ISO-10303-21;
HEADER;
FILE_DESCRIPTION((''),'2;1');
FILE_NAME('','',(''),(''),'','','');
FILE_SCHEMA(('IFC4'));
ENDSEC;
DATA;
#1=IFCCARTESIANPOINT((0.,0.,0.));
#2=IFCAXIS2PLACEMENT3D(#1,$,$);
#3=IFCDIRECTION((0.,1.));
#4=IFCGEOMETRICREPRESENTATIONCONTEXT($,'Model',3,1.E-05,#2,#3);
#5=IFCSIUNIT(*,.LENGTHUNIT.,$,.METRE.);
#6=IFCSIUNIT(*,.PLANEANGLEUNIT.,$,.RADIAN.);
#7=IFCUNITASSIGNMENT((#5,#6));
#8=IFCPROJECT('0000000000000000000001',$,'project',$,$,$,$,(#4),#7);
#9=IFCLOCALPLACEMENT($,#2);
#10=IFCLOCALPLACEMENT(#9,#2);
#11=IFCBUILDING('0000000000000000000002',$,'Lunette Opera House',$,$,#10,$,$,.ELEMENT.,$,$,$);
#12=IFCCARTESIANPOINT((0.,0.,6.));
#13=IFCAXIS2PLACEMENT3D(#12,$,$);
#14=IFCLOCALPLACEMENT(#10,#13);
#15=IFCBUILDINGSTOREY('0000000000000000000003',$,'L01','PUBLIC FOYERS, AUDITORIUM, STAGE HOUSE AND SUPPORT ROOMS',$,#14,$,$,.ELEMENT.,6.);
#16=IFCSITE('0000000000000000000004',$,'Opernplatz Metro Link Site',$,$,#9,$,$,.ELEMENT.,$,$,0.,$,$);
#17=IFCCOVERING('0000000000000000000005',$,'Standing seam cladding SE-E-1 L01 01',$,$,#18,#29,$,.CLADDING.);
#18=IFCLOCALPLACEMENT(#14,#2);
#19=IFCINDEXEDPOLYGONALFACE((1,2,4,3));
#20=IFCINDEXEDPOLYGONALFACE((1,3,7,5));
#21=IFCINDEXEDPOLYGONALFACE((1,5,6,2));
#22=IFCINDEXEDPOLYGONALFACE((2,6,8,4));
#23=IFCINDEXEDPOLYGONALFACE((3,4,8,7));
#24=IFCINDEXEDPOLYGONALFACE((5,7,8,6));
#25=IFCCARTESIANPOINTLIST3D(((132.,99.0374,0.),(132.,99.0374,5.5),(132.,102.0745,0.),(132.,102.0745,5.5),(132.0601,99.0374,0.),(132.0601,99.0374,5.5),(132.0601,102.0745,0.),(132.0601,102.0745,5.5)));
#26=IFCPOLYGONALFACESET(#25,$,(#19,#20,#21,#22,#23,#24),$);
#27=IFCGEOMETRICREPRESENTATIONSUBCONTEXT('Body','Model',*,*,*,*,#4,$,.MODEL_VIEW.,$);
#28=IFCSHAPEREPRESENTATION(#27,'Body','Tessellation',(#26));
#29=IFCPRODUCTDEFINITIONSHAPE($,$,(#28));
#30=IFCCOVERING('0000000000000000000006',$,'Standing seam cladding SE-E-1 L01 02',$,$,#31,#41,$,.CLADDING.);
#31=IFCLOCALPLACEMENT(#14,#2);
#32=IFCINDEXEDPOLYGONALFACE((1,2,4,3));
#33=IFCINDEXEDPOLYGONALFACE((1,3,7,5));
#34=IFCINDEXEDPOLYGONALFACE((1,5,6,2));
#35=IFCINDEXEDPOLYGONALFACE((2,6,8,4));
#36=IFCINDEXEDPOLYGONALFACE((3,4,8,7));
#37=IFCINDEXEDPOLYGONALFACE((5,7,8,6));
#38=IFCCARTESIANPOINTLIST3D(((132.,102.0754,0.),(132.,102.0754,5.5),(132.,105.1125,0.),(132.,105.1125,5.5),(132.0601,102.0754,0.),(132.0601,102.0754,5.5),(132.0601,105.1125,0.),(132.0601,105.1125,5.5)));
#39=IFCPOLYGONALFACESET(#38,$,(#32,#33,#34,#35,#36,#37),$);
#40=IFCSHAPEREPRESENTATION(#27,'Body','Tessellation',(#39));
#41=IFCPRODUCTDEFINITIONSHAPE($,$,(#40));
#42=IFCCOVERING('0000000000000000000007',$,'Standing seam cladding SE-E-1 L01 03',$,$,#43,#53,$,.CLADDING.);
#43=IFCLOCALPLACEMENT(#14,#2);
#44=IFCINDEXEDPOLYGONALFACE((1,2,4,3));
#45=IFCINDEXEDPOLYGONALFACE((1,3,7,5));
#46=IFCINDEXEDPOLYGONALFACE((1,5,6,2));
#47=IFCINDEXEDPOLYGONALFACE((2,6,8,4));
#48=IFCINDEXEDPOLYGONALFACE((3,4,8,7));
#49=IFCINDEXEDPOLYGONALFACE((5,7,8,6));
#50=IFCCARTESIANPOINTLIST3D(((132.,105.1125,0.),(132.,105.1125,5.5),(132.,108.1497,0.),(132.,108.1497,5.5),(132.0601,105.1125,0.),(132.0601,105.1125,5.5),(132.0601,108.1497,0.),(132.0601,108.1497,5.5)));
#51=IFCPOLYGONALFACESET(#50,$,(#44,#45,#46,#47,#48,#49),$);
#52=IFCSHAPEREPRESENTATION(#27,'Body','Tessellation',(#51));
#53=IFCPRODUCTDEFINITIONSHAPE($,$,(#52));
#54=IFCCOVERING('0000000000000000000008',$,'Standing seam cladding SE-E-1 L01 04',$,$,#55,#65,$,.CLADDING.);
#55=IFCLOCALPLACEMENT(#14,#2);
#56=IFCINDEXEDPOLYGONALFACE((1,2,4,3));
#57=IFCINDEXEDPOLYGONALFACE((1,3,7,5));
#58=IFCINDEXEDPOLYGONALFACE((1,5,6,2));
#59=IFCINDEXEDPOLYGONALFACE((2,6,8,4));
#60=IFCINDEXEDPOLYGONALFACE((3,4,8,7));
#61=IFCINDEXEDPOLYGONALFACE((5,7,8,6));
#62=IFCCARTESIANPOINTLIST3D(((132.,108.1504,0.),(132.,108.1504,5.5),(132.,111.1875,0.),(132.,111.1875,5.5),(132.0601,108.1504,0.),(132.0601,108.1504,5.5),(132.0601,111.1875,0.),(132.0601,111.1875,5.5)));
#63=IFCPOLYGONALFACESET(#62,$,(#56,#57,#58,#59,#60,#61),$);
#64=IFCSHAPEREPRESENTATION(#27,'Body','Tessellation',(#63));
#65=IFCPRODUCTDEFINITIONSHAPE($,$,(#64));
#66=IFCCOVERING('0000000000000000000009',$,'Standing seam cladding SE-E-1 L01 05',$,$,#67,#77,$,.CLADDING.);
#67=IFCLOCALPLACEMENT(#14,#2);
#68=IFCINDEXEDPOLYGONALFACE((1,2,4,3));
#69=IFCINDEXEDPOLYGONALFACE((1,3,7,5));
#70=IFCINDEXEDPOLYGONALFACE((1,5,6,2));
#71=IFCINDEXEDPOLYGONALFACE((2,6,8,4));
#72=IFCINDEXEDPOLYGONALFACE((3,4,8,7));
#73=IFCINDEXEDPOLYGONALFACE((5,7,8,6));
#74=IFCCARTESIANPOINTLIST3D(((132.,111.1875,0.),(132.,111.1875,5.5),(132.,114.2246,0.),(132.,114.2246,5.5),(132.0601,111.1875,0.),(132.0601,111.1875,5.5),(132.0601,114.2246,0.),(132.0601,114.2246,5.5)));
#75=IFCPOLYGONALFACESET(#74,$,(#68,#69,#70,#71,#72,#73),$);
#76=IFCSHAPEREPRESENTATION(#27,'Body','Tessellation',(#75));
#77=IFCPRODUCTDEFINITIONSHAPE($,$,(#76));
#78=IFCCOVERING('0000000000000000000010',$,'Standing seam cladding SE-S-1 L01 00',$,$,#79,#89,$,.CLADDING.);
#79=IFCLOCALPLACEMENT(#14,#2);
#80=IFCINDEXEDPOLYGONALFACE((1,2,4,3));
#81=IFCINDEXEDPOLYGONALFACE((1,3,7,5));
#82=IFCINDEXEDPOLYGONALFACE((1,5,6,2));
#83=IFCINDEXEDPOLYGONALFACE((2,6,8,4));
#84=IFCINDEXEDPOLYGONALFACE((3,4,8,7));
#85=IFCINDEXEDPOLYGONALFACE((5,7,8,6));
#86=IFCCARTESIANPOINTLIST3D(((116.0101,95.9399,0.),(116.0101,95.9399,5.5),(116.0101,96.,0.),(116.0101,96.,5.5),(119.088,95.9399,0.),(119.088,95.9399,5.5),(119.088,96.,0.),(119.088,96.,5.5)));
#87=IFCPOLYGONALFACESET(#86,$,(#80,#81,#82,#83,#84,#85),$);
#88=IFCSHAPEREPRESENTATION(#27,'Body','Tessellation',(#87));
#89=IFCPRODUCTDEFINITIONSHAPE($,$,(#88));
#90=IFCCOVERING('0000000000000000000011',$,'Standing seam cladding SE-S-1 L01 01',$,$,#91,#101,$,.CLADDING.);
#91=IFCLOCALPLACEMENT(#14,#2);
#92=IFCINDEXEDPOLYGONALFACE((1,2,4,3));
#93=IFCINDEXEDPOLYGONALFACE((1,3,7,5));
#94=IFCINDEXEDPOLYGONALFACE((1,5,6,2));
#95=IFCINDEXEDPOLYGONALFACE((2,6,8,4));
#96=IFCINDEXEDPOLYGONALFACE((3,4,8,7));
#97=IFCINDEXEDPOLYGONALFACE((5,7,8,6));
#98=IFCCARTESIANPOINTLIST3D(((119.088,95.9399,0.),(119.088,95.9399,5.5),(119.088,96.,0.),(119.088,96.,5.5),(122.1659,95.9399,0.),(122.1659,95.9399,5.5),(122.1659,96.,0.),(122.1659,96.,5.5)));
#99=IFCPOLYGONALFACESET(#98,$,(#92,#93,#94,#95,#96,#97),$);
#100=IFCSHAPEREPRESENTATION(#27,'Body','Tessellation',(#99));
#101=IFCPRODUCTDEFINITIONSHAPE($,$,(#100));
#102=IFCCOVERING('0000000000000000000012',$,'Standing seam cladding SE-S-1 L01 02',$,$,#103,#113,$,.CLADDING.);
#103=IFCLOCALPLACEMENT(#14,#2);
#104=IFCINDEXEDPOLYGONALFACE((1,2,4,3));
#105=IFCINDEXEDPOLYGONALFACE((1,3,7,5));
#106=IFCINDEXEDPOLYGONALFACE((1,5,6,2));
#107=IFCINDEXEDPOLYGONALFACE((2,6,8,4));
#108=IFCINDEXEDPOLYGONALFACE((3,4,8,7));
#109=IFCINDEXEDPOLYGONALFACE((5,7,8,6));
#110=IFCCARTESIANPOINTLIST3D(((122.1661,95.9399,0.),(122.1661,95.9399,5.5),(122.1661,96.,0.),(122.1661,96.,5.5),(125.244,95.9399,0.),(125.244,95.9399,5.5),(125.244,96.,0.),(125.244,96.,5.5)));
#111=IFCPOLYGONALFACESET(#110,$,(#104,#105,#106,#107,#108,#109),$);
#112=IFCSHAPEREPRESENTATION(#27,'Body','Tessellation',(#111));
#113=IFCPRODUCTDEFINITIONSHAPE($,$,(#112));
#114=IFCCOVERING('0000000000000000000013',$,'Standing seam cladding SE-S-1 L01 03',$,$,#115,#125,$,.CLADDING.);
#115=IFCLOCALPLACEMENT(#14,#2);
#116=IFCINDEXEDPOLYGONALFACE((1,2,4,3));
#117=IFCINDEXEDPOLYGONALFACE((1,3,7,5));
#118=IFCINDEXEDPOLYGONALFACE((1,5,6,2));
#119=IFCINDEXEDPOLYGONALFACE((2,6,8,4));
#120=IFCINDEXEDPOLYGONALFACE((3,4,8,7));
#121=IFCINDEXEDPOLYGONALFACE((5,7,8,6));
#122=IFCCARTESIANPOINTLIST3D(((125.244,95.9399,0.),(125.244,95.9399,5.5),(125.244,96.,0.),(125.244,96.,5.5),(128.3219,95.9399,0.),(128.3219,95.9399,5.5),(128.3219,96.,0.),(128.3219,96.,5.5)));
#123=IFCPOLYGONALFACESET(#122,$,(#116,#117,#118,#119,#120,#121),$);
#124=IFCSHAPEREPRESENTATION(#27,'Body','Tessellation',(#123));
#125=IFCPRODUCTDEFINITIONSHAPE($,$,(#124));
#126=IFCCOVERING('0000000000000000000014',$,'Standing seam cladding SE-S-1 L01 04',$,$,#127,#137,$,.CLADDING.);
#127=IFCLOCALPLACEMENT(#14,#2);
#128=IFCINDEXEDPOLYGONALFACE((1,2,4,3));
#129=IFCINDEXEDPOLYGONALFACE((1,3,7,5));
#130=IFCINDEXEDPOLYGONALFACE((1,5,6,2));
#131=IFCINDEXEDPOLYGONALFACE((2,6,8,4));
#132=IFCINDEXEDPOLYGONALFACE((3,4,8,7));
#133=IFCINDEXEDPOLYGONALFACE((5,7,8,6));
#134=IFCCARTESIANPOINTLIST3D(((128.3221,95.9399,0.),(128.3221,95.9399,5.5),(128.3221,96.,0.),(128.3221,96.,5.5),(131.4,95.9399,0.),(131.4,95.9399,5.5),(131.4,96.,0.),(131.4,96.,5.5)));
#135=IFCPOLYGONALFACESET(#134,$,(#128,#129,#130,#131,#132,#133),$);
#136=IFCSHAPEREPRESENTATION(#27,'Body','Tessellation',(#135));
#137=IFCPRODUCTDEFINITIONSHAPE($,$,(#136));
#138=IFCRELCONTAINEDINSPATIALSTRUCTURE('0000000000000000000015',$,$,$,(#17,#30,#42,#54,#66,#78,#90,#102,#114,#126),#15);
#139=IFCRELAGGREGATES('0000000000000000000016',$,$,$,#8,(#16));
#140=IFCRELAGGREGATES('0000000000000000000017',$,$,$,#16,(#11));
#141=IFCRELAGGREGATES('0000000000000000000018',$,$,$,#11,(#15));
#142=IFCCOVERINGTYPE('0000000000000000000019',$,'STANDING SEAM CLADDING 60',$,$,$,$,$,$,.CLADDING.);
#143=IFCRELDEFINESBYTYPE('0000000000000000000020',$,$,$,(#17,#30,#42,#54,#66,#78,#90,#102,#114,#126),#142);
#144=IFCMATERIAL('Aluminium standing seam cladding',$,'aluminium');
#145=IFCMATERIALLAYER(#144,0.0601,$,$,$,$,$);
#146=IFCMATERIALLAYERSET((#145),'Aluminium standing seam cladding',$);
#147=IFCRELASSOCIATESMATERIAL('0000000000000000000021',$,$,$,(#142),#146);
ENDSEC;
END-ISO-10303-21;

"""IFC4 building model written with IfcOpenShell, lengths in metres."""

from ifc_helpers import new_model, si_unit, direction, frame, origin, origin_2d, place, context, subcontext, project, spatial, rectangle, extrude, material, layer, layer_set, type_object, element, save


model = new_model("IFC4")

# Units and contexts
model_context = context("Model", 3, precision=1e-05, world=origin(), true_north=direction((0.0, 1.0)))
body_context = subcontext(model_context, "Body", "Model", "MODEL_VIEW")
ifc_project = project(units=[si_unit("LENGTHUNIT", "METRE"), si_unit("PLANEANGLEUNIT", "RADIAN")], contexts=[model_context])

# Site, building, storey
site_placement = place(None, origin())
site = spatial("IfcSite", under=ifc_project, at=site_placement, Name="Opernplatz Metro Link Site", CompositionType="ELEMENT", RefElevation=0.0)
building_placement = place(site_placement, origin())
building = spatial("IfcBuilding", under=site, at=building_placement, Name="Lunette Opera House", CompositionType="ELEMENT")
storey_placement = place(building_placement, frame((0.0, 0.0, 6.0)))
storey = spatial("IfcBuildingStorey", under=building, at=storey_placement, Name="L01", Description="PUBLIC FOYERS, AUDITORIUM, STAGE HOUSE AND SUPPORT ROOMS", CompositionType="ELEMENT", Elevation=6.0)

# Coverings
ifc_material_1 = material(Name="Aluminium standing seam cladding", Category="aluminium")
ifc_layer_1 = layer(ifc_material_1, 0.0601)
ifc_layer_set_1 = layer_set([ifc_layer_1], Name="Aluminium standing seam cladding")
covering_type = type_object("IfcCoveringType", Name="STANDING SEAM CLADDING 60", PredefinedType="CLADDING", material=ifc_layer_set_1)
for number, where, z_axis, x_axis, name in (
    (1, (132.03, 100.5559, 0.0), (0.0, 0.0, 1.0), (0.0, 1.0, 0.0), "Standing seam cladding SE-E-1 L01 01"),
    (2, (132.03, 103.594, 0.0), (0.0, 0.0, 1.0), (0.0, 1.0, 0.0), "Standing seam cladding SE-E-1 L01 02"),
    (3, (132.03, 106.6311, 0.0), (0.0, 0.0, 1.0), (0.0, 1.0, 0.0), "Standing seam cladding SE-E-1 L01 03"),
    (4, (132.03, 109.6689, 0.0), (0.0, 0.0, 1.0), (0.0, 1.0, 0.0), "Standing seam cladding SE-E-1 L01 04"),
    (5, (132.03, 112.7061, 0.0), (0.0, 0.0, 1.0), (0.0, 1.0, 0.0), "Standing seam cladding SE-E-1 L01 05"),
):
    element("IfcCovering", number, at=place(storey_placement, frame(where, z_axis=z_axis, x_axis=x_axis)), inside=storey, type_object=covering_type, Name=name, PredefinedType="CLADDING", context=body_context, shape_type="SweptSolid", body=[
        extrude(rectangle(XDim=3.0371, YDim=0.0601, at=origin_2d()), origin(), (0.0, 0.0, 1.0), 5.5),
    ])
for number, where, z_axis, x_axis, name in (
    (6, (117.5491, 95.97, 0.0), (0.0, 0.0, 1.0), (1.0, 0.0, 0.0), "Standing seam cladding SE-S-1 L01 00"),
    (7, (120.627, 95.97, 0.0), (0.0, 0.0, 1.0), (1.0, 0.0, 0.0), "Standing seam cladding SE-S-1 L01 01"),
    (8, (123.7051, 95.97, 0.0), (0.0, 0.0, 1.0), (1.0, 0.0, 0.0), "Standing seam cladding SE-S-1 L01 02"),
    (9, (126.783, 95.97, 0.0), (0.0, 0.0, 1.0), (1.0, 0.0, 0.0), "Standing seam cladding SE-S-1 L01 03"),
    (10, (129.8611, 95.97, 0.0), (0.0, 0.0, 1.0), (1.0, 0.0, 0.0), "Standing seam cladding SE-S-1 L01 04"),
):
    element("IfcCovering", number, at=place(storey_placement, frame(where, z_axis=z_axis, x_axis=x_axis)), inside=storey, type_object=covering_type, Name=name, PredefinedType="CLADDING", context=body_context, shape_type="SweptSolid", body=[
        extrude(rectangle(XDim=3.0779, YDim=0.0601, at=origin_2d()), origin(), (0.0, 0.0, 1.0), 5.5),
    ])

save(model, "model.ifc")
